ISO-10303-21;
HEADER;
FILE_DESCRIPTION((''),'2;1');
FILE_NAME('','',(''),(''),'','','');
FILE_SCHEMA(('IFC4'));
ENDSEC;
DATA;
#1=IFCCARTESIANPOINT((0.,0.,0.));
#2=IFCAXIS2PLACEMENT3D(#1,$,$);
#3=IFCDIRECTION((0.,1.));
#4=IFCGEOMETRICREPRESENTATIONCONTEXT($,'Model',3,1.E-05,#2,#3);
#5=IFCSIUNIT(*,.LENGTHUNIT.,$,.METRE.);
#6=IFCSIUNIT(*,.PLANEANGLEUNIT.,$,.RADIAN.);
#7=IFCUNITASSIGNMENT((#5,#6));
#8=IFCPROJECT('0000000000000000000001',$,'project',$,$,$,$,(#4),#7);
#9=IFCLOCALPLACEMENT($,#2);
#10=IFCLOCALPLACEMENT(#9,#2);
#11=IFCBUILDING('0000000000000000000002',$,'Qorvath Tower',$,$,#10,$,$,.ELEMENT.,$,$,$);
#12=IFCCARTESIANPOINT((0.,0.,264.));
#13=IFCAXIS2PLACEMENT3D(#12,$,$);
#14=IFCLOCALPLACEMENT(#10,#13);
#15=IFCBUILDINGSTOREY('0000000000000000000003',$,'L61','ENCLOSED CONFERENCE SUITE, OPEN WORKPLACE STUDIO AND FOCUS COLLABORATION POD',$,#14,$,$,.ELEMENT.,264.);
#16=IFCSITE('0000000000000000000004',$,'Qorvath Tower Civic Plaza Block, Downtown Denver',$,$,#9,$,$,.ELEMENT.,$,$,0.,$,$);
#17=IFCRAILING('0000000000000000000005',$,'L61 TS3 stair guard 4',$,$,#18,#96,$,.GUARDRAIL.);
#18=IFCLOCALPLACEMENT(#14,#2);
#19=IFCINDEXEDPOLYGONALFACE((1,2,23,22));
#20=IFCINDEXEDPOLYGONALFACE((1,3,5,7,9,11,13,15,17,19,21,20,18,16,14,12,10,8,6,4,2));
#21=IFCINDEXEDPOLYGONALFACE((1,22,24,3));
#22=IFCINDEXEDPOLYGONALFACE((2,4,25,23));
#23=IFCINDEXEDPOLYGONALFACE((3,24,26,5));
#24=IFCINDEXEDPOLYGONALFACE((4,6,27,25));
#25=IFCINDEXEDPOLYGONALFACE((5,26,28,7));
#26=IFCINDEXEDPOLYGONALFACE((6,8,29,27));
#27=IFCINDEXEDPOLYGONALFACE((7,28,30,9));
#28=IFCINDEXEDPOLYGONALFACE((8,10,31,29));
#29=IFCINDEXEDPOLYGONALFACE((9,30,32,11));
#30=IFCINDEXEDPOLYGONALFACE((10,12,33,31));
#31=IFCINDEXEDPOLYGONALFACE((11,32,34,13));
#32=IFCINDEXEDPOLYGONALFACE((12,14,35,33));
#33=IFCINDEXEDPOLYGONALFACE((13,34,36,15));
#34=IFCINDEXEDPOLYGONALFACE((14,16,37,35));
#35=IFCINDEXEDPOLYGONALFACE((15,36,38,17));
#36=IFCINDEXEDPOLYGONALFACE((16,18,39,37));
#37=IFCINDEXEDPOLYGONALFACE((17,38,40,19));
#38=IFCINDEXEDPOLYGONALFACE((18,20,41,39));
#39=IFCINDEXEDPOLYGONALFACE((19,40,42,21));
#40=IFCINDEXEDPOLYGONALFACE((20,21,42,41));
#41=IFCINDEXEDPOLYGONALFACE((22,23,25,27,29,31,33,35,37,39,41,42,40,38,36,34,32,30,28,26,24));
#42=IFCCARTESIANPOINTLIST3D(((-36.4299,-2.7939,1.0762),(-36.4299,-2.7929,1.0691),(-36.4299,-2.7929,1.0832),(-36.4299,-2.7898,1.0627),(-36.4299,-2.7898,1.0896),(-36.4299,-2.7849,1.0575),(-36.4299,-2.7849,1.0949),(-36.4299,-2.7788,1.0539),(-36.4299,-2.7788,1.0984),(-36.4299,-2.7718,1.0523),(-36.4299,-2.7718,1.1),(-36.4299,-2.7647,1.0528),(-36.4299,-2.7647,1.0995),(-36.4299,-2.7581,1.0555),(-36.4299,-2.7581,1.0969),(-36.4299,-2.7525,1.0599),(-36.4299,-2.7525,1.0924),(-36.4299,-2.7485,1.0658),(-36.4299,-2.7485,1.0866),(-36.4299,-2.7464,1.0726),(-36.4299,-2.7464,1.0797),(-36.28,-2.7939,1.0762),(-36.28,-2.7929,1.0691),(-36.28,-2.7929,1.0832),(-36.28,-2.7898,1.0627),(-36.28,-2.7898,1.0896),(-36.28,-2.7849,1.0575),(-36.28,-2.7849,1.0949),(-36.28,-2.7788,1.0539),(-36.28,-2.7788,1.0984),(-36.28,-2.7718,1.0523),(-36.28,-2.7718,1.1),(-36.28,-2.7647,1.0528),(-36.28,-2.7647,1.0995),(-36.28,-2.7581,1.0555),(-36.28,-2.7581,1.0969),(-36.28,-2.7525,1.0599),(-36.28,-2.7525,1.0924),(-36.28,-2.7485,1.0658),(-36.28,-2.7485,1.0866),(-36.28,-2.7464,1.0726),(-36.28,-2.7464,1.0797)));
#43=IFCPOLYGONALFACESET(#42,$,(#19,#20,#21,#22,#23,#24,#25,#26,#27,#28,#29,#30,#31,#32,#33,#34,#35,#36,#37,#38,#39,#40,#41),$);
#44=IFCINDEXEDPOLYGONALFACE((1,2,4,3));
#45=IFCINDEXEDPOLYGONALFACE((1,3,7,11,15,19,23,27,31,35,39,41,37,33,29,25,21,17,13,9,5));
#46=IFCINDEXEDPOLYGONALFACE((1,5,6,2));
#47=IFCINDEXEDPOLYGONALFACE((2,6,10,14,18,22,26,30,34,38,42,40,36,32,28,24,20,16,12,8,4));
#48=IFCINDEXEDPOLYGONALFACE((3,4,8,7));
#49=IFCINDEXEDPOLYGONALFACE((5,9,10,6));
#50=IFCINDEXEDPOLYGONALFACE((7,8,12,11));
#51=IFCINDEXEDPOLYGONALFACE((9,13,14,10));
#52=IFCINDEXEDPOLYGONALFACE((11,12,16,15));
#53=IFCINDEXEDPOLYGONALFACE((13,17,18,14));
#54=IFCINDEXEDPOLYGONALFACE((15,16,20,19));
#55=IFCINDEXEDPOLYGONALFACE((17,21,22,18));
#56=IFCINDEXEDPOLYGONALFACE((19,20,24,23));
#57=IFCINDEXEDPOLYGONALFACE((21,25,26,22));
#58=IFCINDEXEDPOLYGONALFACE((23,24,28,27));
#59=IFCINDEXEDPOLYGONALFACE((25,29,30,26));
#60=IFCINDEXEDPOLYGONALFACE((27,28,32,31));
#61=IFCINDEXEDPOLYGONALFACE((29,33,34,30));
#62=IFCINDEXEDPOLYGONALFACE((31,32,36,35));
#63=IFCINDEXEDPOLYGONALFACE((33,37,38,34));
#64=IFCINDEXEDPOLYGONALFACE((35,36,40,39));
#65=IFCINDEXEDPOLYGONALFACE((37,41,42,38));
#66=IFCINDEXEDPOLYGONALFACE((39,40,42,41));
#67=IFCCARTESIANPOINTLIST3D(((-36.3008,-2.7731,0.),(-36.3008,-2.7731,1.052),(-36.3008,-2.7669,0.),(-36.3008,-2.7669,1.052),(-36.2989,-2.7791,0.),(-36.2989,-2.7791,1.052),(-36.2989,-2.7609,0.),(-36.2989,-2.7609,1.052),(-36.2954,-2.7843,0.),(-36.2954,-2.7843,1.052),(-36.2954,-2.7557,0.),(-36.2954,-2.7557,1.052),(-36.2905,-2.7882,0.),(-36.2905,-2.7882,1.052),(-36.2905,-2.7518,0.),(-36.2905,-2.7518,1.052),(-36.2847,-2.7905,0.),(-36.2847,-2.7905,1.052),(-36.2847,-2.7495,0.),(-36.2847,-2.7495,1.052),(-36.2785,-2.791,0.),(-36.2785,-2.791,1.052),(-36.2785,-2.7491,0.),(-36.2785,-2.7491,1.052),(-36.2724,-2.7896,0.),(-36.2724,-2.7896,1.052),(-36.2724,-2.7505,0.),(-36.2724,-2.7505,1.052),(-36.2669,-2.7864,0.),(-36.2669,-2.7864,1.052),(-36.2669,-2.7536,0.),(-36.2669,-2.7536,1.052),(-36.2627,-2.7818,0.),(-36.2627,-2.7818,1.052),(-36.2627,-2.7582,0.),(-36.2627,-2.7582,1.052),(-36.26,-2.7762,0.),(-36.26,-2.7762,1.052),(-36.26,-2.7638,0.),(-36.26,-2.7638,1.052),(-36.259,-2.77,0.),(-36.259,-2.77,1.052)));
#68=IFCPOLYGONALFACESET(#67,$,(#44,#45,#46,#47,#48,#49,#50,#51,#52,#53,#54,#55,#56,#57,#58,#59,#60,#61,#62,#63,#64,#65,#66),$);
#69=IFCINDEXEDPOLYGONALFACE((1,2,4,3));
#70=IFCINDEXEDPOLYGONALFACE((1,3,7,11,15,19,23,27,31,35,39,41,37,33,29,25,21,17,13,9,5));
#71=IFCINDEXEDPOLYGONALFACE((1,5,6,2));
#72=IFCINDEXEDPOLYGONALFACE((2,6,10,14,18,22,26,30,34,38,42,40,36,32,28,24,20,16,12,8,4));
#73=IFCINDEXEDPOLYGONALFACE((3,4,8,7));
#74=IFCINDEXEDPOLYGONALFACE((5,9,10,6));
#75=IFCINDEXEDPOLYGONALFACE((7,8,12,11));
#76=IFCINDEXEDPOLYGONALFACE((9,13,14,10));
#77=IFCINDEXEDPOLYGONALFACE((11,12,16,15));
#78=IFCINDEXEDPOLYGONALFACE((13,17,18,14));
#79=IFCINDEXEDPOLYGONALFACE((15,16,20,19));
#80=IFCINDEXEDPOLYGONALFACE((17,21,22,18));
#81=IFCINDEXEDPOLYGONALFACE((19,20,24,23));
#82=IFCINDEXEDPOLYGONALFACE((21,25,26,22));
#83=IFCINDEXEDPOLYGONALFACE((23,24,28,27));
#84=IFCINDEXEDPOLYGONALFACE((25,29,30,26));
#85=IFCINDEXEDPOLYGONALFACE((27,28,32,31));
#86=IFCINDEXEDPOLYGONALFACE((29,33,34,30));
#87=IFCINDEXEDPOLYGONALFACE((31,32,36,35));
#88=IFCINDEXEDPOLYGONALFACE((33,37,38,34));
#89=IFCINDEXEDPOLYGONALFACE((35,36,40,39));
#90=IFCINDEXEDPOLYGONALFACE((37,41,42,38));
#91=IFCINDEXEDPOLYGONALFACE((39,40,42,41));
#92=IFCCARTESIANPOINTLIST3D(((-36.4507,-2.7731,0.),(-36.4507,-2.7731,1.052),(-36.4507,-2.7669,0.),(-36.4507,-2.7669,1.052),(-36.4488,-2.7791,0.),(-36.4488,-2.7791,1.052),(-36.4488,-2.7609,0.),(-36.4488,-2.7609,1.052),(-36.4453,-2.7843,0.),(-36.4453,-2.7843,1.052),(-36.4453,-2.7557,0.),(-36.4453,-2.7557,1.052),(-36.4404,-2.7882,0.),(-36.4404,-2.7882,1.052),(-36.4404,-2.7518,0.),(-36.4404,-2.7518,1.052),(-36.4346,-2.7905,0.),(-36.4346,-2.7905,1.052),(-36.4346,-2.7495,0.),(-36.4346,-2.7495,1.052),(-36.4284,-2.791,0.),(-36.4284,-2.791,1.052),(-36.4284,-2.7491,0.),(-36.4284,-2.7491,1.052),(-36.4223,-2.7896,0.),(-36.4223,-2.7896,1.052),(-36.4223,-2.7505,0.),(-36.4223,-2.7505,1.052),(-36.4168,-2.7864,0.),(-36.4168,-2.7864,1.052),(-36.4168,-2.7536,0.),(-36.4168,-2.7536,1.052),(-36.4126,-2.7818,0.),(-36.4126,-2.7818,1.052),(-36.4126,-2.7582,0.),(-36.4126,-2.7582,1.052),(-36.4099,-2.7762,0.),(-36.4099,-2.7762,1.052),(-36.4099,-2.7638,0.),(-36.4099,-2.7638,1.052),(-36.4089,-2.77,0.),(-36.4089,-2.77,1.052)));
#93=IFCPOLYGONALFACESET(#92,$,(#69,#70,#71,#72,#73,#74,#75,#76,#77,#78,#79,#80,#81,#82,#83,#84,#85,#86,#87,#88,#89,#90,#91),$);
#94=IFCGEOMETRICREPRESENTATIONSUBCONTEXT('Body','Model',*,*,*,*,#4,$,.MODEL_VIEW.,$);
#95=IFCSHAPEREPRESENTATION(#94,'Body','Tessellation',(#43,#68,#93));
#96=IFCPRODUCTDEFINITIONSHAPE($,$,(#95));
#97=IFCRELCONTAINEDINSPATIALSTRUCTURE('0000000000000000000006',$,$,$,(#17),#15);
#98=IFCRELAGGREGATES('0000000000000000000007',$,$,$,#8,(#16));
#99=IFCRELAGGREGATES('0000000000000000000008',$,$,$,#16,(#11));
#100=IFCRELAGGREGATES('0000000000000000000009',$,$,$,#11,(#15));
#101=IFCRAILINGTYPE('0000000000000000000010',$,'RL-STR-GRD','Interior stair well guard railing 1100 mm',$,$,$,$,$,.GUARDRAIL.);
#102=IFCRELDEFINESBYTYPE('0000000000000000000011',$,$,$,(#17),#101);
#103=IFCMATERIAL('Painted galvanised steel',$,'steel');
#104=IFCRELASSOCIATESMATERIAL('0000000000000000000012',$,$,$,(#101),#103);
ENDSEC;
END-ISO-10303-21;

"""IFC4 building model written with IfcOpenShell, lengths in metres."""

from ifc_helpers import new_model, si_unit, direction, frame, origin, origin_2d, place, context, subcontext, project, spatial, circle, extrude, material, type_object, element, save


model = new_model("IFC4")

# Units and contexts
model_context = context("Model", 3, precision=1e-05, world=origin(), true_north=direction((0.0, 1.0)))
body_context = subcontext(model_context, "Body", "Model", "MODEL_VIEW")
ifc_project = project(units=[si_unit("LENGTHUNIT", "METRE"), si_unit("PLANEANGLEUNIT", "RADIAN")], contexts=[model_context])

# Site, building, storey
site_placement = place(None, origin())
site = spatial("IfcSite", under=ifc_project, at=site_placement, Name="Qorvath Tower Civic Plaza Block, Downtown Denver", CompositionType="ELEMENT", RefElevation=0.0)
building_placement = place(site_placement, origin())
building = spatial("IfcBuilding", under=site, at=building_placement, Name="Qorvath Tower", CompositionType="ELEMENT")
storey_placement = place(building_placement, frame((0.0, 0.0, 264.0)))
storey = spatial("IfcBuildingStorey", under=building, at=storey_placement, Name="L61", Description="ENCLOSED CONFERENCE SUITE, OPEN WORKPLACE STUDIO AND FOCUS COLLABORATION POD", CompositionType="ELEMENT", Elevation=264.0)

# Railing
ifc_material_1 = material(Name="Painted galvanised steel", Category="steel")
railing_type_1 = type_object("IfcRailingType", Name="RL-STR-GRD", Description="Interior stair well guard railing 1100 mm", PredefinedType="GUARDRAIL", material=ifc_material_1)
railing_1_placement = place(storey_placement, frame((-36.28, -2.77, 0.0)))
element("IfcRailing", 1, at=railing_1_placement, inside=storey, type_object=railing_type_1, Name="L61 TS3 stair guard 4", PredefinedType="GUARDRAIL", context=body_context, shape_type="SweptSolid", body=[
    extrude(circle(Radius=0.0239, at=origin_2d()), frame((0.0, 0.0, 1.0762), z_axis=(-1.0, 0.0, 0.0), x_axis=(0.0, -1.0, 0.0)), (0.0, 0.0, 1.0), 0.1499),
    extrude(circle(Radius=0.021, at=origin_2d()), origin(), (0.0, 0.0, 1.0), 1.052),
    extrude(circle(Radius=0.021, at=origin_2d()), frame((-0.1499, 0.0, 0.0)), (0.0, 0.0, 1.0), 1.052),
])

save(model, "model.ifc")
